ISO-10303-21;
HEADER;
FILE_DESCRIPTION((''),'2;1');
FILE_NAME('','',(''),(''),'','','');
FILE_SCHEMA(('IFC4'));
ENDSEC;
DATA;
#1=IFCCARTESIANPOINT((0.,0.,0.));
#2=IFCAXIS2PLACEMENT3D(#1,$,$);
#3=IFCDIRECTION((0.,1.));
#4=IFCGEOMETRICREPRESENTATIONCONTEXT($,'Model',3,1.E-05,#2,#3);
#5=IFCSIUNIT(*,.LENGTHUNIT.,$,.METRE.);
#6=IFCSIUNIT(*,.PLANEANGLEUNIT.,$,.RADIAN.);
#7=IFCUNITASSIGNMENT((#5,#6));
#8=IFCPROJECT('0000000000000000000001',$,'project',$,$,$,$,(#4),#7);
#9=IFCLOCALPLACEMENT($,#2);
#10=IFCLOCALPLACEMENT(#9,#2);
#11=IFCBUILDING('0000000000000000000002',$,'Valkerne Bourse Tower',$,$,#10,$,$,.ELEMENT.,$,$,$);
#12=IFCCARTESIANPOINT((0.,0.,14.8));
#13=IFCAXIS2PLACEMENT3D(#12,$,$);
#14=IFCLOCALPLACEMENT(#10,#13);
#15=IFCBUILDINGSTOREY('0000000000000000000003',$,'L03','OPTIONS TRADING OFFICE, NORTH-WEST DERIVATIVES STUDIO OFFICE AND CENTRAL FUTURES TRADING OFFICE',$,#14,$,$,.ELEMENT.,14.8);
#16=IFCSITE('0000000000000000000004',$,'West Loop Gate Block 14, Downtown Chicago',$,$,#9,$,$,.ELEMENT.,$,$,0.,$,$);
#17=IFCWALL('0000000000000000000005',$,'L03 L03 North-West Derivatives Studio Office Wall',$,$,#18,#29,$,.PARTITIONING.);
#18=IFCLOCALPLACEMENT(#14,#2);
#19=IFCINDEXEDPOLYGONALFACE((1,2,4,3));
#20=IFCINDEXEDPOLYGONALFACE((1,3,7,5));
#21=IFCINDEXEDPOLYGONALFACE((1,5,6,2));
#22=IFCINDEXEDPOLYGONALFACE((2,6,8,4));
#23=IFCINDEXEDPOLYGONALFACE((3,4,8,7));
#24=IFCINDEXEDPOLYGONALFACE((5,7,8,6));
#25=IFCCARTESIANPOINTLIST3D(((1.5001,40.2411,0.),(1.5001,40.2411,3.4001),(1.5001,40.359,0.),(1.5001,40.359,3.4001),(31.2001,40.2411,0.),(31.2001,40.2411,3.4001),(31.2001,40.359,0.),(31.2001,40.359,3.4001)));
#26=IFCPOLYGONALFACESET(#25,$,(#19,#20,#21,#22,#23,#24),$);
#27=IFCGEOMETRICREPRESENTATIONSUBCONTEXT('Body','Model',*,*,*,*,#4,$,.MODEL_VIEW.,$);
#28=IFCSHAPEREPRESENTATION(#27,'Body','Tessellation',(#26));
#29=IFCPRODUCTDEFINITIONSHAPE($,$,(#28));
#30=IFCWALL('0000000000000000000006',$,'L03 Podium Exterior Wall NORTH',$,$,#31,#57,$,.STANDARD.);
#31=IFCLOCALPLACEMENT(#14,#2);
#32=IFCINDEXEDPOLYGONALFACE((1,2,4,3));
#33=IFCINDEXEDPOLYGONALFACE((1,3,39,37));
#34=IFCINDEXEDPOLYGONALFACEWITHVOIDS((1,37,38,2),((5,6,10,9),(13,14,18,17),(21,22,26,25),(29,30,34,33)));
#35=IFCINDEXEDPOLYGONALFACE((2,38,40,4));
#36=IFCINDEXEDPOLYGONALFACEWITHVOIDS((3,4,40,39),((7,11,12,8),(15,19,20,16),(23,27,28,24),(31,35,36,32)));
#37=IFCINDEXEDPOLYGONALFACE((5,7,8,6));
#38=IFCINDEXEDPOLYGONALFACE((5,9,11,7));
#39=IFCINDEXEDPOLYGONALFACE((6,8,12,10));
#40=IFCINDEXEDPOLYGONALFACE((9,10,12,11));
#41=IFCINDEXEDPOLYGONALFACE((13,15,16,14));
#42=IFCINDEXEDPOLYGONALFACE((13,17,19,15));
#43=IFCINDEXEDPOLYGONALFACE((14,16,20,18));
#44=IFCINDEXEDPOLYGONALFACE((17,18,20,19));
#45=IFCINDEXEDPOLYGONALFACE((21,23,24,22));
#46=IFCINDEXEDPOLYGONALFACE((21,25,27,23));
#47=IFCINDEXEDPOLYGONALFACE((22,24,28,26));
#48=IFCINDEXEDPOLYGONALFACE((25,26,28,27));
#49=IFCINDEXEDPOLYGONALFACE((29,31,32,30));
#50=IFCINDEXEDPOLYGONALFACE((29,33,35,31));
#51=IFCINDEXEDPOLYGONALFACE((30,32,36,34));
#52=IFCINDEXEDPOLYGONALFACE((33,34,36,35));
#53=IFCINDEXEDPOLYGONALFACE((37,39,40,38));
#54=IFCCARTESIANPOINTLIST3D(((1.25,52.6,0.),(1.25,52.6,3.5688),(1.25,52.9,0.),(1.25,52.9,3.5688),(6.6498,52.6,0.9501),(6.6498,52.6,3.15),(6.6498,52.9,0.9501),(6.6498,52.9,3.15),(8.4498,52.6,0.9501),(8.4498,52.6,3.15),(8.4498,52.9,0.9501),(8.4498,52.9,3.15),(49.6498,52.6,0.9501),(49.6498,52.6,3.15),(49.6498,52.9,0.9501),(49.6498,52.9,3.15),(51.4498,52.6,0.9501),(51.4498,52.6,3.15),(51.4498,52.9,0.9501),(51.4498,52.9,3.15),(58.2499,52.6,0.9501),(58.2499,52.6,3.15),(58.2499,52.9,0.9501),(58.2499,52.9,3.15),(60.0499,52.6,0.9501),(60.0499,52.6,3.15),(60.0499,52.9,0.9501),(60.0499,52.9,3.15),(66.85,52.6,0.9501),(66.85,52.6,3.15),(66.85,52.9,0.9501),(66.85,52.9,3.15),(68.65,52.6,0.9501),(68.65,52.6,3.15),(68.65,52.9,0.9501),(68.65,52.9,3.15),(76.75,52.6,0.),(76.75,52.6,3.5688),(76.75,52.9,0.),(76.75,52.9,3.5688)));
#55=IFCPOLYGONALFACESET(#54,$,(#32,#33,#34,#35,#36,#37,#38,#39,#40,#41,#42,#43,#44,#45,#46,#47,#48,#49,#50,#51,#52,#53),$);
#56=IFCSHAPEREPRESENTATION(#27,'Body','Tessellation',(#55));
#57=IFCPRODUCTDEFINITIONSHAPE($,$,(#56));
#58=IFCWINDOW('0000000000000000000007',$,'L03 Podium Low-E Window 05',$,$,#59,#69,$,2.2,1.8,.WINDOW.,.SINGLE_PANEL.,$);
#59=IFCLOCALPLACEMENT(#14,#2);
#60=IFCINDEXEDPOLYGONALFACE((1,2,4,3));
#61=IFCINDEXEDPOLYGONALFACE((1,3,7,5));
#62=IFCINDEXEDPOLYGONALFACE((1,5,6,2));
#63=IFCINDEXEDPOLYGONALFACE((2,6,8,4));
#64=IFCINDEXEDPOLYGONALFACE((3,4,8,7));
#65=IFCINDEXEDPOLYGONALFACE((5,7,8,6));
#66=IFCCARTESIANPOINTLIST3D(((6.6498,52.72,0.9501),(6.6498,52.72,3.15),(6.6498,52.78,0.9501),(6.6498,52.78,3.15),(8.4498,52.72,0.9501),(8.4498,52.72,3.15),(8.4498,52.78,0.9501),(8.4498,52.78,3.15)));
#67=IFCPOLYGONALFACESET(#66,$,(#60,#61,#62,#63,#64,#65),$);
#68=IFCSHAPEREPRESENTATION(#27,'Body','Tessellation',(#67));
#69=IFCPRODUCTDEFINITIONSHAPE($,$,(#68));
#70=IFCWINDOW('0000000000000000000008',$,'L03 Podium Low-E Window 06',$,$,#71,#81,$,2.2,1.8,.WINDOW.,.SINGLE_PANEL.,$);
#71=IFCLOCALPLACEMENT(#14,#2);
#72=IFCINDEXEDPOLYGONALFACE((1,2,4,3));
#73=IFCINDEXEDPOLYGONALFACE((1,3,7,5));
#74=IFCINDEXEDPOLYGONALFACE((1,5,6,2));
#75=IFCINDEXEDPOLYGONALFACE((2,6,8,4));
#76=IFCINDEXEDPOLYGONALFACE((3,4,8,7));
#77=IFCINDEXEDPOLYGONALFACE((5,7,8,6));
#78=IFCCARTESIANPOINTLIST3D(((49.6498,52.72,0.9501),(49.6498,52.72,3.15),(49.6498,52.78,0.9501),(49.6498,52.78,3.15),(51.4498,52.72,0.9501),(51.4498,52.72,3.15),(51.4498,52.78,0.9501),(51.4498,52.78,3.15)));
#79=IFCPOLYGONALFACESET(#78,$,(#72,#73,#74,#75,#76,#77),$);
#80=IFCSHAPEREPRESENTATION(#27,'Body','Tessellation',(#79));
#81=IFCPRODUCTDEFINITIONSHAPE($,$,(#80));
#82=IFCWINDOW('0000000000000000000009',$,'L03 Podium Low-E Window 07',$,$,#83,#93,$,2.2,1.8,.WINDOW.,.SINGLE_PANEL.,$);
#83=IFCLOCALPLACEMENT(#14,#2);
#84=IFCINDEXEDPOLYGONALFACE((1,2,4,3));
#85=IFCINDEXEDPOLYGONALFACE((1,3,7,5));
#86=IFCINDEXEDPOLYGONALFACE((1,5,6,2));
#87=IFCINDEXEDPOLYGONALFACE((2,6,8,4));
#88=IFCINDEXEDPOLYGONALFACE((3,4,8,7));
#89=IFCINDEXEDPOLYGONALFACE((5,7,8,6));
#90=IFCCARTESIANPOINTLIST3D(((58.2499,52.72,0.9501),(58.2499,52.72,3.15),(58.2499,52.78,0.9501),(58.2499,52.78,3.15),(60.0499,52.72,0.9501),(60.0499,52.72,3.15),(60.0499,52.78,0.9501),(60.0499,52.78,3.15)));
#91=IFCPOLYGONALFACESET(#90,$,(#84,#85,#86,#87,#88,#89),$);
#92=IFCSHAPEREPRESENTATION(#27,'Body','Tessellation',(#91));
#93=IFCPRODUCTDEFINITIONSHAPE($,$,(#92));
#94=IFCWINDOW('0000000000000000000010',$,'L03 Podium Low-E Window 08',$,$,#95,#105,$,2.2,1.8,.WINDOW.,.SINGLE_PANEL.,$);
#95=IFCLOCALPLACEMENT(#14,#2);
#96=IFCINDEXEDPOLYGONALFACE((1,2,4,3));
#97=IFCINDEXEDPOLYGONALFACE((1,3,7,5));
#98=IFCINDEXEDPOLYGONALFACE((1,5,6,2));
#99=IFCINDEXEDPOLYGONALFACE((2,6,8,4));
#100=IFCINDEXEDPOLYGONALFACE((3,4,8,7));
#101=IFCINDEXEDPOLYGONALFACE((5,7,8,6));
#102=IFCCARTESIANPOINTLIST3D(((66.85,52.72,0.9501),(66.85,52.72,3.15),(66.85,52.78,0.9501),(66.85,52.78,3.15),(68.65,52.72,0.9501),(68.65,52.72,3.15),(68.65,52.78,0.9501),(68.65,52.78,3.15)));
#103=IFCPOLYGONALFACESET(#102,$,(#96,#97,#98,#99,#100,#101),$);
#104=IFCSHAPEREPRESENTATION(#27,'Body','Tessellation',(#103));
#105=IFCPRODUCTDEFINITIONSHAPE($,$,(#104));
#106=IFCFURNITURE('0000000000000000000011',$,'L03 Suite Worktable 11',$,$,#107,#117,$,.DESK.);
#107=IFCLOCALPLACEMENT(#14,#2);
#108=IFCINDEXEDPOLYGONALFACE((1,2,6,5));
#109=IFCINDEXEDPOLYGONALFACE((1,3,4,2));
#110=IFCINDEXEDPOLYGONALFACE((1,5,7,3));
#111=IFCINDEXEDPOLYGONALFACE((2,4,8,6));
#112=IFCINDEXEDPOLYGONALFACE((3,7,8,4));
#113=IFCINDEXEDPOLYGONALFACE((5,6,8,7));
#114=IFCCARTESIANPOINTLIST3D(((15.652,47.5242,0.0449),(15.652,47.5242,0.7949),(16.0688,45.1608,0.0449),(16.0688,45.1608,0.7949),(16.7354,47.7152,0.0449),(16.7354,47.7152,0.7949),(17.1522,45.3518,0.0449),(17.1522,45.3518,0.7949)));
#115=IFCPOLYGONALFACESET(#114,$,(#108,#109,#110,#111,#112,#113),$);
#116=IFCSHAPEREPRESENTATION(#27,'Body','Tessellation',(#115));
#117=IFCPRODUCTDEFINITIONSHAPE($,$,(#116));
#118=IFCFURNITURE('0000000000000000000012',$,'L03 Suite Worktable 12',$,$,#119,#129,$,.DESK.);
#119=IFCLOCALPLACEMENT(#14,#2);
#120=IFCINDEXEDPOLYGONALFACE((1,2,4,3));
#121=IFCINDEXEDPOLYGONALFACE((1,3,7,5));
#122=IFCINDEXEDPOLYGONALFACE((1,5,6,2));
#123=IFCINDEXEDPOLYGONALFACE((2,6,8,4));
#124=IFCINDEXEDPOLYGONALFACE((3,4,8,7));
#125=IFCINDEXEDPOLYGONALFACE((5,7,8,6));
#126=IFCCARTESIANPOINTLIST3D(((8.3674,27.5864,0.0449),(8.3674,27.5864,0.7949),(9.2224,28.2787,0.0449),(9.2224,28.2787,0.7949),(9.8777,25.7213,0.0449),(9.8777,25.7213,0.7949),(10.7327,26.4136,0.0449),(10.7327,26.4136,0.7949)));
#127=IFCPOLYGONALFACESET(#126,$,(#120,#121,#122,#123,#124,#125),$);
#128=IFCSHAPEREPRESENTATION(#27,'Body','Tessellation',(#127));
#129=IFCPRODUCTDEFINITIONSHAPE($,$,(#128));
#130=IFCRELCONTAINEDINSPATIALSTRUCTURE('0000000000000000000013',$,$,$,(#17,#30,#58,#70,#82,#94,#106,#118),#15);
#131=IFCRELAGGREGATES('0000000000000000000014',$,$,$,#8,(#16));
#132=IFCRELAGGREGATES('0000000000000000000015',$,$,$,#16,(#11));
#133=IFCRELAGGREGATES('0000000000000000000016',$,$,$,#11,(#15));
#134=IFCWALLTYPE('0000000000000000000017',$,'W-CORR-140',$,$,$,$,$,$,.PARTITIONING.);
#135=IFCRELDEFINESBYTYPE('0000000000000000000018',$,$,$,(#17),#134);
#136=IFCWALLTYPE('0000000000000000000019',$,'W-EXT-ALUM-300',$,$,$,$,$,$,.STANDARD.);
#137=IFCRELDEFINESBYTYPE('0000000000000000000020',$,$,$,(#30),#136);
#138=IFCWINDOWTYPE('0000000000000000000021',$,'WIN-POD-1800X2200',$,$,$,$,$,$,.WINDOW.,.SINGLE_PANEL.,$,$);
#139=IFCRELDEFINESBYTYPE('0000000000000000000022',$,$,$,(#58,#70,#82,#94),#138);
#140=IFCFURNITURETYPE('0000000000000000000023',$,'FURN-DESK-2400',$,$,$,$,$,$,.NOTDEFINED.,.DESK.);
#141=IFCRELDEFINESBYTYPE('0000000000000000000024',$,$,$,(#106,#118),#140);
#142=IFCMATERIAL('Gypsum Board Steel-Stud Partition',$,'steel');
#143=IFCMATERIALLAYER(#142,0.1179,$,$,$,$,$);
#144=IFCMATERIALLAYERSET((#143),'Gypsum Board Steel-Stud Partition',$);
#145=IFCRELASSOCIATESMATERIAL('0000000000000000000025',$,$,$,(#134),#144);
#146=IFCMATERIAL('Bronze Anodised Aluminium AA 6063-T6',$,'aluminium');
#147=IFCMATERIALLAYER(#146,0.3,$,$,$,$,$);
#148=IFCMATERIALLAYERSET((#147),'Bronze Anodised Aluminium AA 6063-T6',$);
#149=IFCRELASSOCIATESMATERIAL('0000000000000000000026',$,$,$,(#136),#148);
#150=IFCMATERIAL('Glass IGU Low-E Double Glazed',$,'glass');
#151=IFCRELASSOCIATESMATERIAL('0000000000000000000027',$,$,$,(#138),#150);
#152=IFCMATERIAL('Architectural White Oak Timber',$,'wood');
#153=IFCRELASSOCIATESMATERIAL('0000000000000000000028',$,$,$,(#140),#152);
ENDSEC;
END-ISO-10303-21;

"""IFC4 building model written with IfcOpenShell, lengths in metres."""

from ifc_helpers import new_model, si_unit, direction, frame, frame_2d, origin, origin_2d, place, context, subcontext, project, spatial, rectangle, extrude, material, layer, layer_set, type_object, element, fill, save


model = new_model("IFC4")

# Units and contexts
model_context = context("Model", 3, precision=1e-05, world=origin(), true_north=direction((0.0, 1.0)))
body_context = subcontext(model_context, "Body", "Model", "MODEL_VIEW")
ifc_project = project(units=[si_unit("LENGTHUNIT", "METRE"), si_unit("PLANEANGLEUNIT", "RADIAN")], contexts=[model_context])

# Site, building, storey
site_placement = place(None, origin())
site = spatial("IfcSite", under=ifc_project, at=site_placement, Name="West Loop Gate Block 14, Downtown Chicago", CompositionType="ELEMENT", RefElevation=0.0)
building_placement = place(site_placement, origin())
building = spatial("IfcBuilding", under=site, at=building_placement, Name="Valkerne Bourse Tower", CompositionType="ELEMENT")
storey_placement = place(building_placement, frame((0.0, 0.0, 14.8)))
storey = spatial("IfcBuildingStorey", under=building, at=storey_placement, Name="L03", Description="OPTIONS TRADING OFFICE, NORTH-WEST DERIVATIVES STUDIO OFFICE AND CENTRAL FUTURES TRADING OFFICE", CompositionType="ELEMENT", Elevation=14.8)

# Wall
ifc_material_1 = material(Name="Gypsum Board Steel-Stud Partition", Category="steel")
ifc_layer_1 = layer(ifc_material_1, 0.1179)
ifc_layer_set_1 = layer_set([ifc_layer_1], Name="Gypsum Board Steel-Stud Partition")
wall_type_1 = type_object("IfcWallType", Name="W-CORR-140", PredefinedType="PARTITIONING", material=ifc_layer_set_1)
wall_1_placement = place(storey_placement, frame((1.5, 40.3, 0.0), z_axis=(0.0, 0.0, 1.0), x_axis=(1.0, 0.0, 0.0)))
element("IfcWall", 1, at=wall_1_placement, inside=storey, type_object=wall_type_1, Name="L03 L03 North-West Derivatives Studio Office Wall", PredefinedType="PARTITIONING", context=body_context, shape_type="SweptSolid", body=[
    extrude(rectangle(XDim=29.7, YDim=0.1179, at=frame_2d((14.8501, 0.0))), origin(), (0.0, 0.0, 1.0), 3.4001),
])

# Wall, openings, windows
ifc_material_2 = material(Name="Bronze Anodised Aluminium AA 6063-T6", Category="aluminium")
ifc_layer_2 = layer(ifc_material_2, 0.3)
ifc_layer_set_2 = layer_set([ifc_layer_2], Name="Bronze Anodised Aluminium AA 6063-T6")
wall_type_2 = type_object("IfcWallType", Name="W-EXT-ALUM-300", PredefinedType="STANDARD", material=ifc_layer_set_2)
wall_2_placement = place(storey_placement, frame((1.25, 52.75, 0.0), z_axis=(0.0, 0.0, 1.0), x_axis=(1.0, 0.0, 0.0)))
wall_2 = element("IfcWall", 2, at=wall_2_placement, inside=storey, type_object=wall_type_2, Name="L03 Podium Exterior Wall NORTH", PredefinedType="STANDARD", context=body_context, shape_type="SweptSolid", body=[
    extrude(rectangle(XDim=75.5, YDim=0.3, at=frame_2d((37.75, 0.0))), origin(), (0.0, 0.0, 1.0), 3.5688),
])
opening_1_placement = place(wall_2_placement, frame((5.3999, 0.0, 0.95)))
opening_1 = element("IfcOpeningElement", 3, at=opening_1_placement, cuts=wall_2, PredefinedType="OPENING", context=body_context, shape_type="SweptSolid", body=[
    extrude(rectangle(XDim=1.8, YDim=2.2, at=frame_2d((0.8999, 1.1001))), frame((0.0, 0.1599, 0.0), z_axis=(0.0, -1.0, 0.0), x_axis=(1.0, 0.0, 0.0)), (0.0, 0.0, 1.0), 0.3201),
])
opening_2_placement = place(wall_2_placement, frame((48.3999, 0.0, 0.95)))
opening_2 = element("IfcOpeningElement", 4, at=opening_2_placement, cuts=wall_2, PredefinedType="OPENING", context=body_context, shape_type="SweptSolid", body=[
    extrude(rectangle(XDim=1.8, YDim=2.2, at=frame_2d((0.8999, 1.1001))), frame((0.0, 0.1599, 0.0), z_axis=(0.0, -1.0, 0.0), x_axis=(1.0, 0.0, 0.0)), (0.0, 0.0, 1.0), 0.3201),
])
opening_3_placement = place(wall_2_placement, frame((57.0, 0.0, 0.95)))
opening_3 = element("IfcOpeningElement", 5, at=opening_3_placement, cuts=wall_2, PredefinedType="OPENING", context=body_context, shape_type="SweptSolid", body=[
    extrude(rectangle(XDim=1.8, YDim=2.2, at=frame_2d((0.8999, 1.1001))), frame((0.0, 0.1599, 0.0), z_axis=(0.0, -1.0, 0.0), x_axis=(1.0, 0.0, 0.0)), (0.0, 0.0, 1.0), 0.3201),
])
opening_4_placement = place(wall_2_placement, frame((65.6001, 0.0, 0.95)))
opening_4 = element("IfcOpeningElement", 6, at=opening_4_placement, cuts=wall_2, PredefinedType="OPENING", context=body_context, shape_type="SweptSolid", body=[
    extrude(rectangle(XDim=1.8, YDim=2.2, at=frame_2d((0.8999, 1.1001))), frame((0.0, 0.1599, 0.0), z_axis=(0.0, -1.0, 0.0), x_axis=(1.0, 0.0, 0.0)), (0.0, 0.0, 1.0), 0.3201),
])
ifc_material_3 = material(Name="Glass IGU Low-E Double Glazed", Category="glass")
window_type = type_object("IfcWindowType", Name="WIN-POD-1800X2200", PartitioningType="SINGLE_PANEL", PredefinedType="WINDOW", material=ifc_material_3)
window_1_placement = place(opening_1_placement, origin())
window_1 = element("IfcWindow", 7, at=window_1_placement, inside=storey, type_object=window_type, Name="L03 Podium Low-E Window 05", OverallHeight=2.2, OverallWidth=1.8, PartitioningType="SINGLE_PANEL", PredefinedType="WINDOW", context=body_context, shape_type="SweptSolid", body=[
    extrude(rectangle(XDim=1.8, YDim=2.2, at=frame_2d((0.8999, 1.1001))), frame((0.0, 0.03, 0.0), z_axis=(0.0, -1.0, 0.0), x_axis=(1.0, 0.0, 0.0)), (0.0, 0.0, 1.0), 0.0601),
])
fill(opening_1, window_1)
window_2_placement = place(opening_2_placement, origin())
window_2 = element("IfcWindow", 8, at=window_2_placement, inside=storey, type_object=window_type, Name="L03 Podium Low-E Window 06", OverallHeight=2.2, OverallWidth=1.8, PartitioningType="SINGLE_PANEL", PredefinedType="WINDOW", context=body_context, shape_type="SweptSolid", body=[
    extrude(rectangle(XDim=1.8, YDim=2.2, at=frame_2d((0.8999, 1.1001))), frame((0.0, 0.03, 0.0), z_axis=(0.0, -1.0, 0.0), x_axis=(1.0, 0.0, 0.0)), (0.0, 0.0, 1.0), 0.0601),
])
fill(opening_2, window_2)
window_3_placement = place(opening_3_placement, origin())
window_3 = element("IfcWindow", 9, at=window_3_placement, inside=storey, type_object=window_type, Name="L03 Podium Low-E Window 07", OverallHeight=2.2, OverallWidth=1.8, PartitioningType="SINGLE_PANEL", PredefinedType="WINDOW", context=body_context, shape_type="SweptSolid", body=[
    extrude(rectangle(XDim=1.8, YDim=2.2, at=frame_2d((0.8999, 1.1001))), frame((0.0, 0.03, 0.0), z_axis=(0.0, -1.0, 0.0), x_axis=(1.0, 0.0, 0.0)), (0.0, 0.0, 1.0), 0.0601),
])
fill(opening_3, window_3)
window_4_placement = place(opening_4_placement, origin())
window_4 = element("IfcWindow", 10, at=window_4_placement, inside=storey, type_object=window_type, Name="L03 Podium Low-E Window 08", OverallHeight=2.2, OverallWidth=1.8, PartitioningType="SINGLE_PANEL", PredefinedType="WINDOW", context=body_context, shape_type="SweptSolid", body=[
    extrude(rectangle(XDim=1.8, YDim=2.2, at=frame_2d((0.8999, 1.1001))), frame((0.0, 0.03, 0.0), z_axis=(0.0, -1.0, 0.0), x_axis=(1.0, 0.0, 0.0)), (0.0, 0.0, 1.0), 0.0601),
])
fill(opening_4, window_4)

# Furniture
ifc_material_4 = material(Name="Architectural White Oak Timber", Category="wood")
furniture_type = type_object("IfcFurnitureType", Name="FURN-DESK-2400", AssemblyPlace="NOTDEFINED", PredefinedType="DESK", material=ifc_material_4)
for number, where, z_axis, x_axis, name in (
    (11, (16.4021, 46.438, 0.0449), (0.0, 0.0, 1.0), (-0.173648, 0.984808, 0.0), "L03 Suite Worktable 11"),
    (12, (9.55, 27.0, 0.0449), (0.0, 0.0, 1.0), (-0.62932, 0.777146, 0.0), "L03 Suite Worktable 12"),
):
    element("IfcFurniture", number, at=place(storey_placement, frame(where, z_axis=z_axis, x_axis=x_axis)), inside=storey, type_object=furniture_type, Name=name, PredefinedType="DESK", context=body_context, shape_type="SweptSolid", body=[
        extrude(rectangle(XDim=2.3999, YDim=1.1001, at=origin_2d()), origin(), (0.0, 0.0, 1.0), 0.75),
    ])

save(model, "model.ifc")
